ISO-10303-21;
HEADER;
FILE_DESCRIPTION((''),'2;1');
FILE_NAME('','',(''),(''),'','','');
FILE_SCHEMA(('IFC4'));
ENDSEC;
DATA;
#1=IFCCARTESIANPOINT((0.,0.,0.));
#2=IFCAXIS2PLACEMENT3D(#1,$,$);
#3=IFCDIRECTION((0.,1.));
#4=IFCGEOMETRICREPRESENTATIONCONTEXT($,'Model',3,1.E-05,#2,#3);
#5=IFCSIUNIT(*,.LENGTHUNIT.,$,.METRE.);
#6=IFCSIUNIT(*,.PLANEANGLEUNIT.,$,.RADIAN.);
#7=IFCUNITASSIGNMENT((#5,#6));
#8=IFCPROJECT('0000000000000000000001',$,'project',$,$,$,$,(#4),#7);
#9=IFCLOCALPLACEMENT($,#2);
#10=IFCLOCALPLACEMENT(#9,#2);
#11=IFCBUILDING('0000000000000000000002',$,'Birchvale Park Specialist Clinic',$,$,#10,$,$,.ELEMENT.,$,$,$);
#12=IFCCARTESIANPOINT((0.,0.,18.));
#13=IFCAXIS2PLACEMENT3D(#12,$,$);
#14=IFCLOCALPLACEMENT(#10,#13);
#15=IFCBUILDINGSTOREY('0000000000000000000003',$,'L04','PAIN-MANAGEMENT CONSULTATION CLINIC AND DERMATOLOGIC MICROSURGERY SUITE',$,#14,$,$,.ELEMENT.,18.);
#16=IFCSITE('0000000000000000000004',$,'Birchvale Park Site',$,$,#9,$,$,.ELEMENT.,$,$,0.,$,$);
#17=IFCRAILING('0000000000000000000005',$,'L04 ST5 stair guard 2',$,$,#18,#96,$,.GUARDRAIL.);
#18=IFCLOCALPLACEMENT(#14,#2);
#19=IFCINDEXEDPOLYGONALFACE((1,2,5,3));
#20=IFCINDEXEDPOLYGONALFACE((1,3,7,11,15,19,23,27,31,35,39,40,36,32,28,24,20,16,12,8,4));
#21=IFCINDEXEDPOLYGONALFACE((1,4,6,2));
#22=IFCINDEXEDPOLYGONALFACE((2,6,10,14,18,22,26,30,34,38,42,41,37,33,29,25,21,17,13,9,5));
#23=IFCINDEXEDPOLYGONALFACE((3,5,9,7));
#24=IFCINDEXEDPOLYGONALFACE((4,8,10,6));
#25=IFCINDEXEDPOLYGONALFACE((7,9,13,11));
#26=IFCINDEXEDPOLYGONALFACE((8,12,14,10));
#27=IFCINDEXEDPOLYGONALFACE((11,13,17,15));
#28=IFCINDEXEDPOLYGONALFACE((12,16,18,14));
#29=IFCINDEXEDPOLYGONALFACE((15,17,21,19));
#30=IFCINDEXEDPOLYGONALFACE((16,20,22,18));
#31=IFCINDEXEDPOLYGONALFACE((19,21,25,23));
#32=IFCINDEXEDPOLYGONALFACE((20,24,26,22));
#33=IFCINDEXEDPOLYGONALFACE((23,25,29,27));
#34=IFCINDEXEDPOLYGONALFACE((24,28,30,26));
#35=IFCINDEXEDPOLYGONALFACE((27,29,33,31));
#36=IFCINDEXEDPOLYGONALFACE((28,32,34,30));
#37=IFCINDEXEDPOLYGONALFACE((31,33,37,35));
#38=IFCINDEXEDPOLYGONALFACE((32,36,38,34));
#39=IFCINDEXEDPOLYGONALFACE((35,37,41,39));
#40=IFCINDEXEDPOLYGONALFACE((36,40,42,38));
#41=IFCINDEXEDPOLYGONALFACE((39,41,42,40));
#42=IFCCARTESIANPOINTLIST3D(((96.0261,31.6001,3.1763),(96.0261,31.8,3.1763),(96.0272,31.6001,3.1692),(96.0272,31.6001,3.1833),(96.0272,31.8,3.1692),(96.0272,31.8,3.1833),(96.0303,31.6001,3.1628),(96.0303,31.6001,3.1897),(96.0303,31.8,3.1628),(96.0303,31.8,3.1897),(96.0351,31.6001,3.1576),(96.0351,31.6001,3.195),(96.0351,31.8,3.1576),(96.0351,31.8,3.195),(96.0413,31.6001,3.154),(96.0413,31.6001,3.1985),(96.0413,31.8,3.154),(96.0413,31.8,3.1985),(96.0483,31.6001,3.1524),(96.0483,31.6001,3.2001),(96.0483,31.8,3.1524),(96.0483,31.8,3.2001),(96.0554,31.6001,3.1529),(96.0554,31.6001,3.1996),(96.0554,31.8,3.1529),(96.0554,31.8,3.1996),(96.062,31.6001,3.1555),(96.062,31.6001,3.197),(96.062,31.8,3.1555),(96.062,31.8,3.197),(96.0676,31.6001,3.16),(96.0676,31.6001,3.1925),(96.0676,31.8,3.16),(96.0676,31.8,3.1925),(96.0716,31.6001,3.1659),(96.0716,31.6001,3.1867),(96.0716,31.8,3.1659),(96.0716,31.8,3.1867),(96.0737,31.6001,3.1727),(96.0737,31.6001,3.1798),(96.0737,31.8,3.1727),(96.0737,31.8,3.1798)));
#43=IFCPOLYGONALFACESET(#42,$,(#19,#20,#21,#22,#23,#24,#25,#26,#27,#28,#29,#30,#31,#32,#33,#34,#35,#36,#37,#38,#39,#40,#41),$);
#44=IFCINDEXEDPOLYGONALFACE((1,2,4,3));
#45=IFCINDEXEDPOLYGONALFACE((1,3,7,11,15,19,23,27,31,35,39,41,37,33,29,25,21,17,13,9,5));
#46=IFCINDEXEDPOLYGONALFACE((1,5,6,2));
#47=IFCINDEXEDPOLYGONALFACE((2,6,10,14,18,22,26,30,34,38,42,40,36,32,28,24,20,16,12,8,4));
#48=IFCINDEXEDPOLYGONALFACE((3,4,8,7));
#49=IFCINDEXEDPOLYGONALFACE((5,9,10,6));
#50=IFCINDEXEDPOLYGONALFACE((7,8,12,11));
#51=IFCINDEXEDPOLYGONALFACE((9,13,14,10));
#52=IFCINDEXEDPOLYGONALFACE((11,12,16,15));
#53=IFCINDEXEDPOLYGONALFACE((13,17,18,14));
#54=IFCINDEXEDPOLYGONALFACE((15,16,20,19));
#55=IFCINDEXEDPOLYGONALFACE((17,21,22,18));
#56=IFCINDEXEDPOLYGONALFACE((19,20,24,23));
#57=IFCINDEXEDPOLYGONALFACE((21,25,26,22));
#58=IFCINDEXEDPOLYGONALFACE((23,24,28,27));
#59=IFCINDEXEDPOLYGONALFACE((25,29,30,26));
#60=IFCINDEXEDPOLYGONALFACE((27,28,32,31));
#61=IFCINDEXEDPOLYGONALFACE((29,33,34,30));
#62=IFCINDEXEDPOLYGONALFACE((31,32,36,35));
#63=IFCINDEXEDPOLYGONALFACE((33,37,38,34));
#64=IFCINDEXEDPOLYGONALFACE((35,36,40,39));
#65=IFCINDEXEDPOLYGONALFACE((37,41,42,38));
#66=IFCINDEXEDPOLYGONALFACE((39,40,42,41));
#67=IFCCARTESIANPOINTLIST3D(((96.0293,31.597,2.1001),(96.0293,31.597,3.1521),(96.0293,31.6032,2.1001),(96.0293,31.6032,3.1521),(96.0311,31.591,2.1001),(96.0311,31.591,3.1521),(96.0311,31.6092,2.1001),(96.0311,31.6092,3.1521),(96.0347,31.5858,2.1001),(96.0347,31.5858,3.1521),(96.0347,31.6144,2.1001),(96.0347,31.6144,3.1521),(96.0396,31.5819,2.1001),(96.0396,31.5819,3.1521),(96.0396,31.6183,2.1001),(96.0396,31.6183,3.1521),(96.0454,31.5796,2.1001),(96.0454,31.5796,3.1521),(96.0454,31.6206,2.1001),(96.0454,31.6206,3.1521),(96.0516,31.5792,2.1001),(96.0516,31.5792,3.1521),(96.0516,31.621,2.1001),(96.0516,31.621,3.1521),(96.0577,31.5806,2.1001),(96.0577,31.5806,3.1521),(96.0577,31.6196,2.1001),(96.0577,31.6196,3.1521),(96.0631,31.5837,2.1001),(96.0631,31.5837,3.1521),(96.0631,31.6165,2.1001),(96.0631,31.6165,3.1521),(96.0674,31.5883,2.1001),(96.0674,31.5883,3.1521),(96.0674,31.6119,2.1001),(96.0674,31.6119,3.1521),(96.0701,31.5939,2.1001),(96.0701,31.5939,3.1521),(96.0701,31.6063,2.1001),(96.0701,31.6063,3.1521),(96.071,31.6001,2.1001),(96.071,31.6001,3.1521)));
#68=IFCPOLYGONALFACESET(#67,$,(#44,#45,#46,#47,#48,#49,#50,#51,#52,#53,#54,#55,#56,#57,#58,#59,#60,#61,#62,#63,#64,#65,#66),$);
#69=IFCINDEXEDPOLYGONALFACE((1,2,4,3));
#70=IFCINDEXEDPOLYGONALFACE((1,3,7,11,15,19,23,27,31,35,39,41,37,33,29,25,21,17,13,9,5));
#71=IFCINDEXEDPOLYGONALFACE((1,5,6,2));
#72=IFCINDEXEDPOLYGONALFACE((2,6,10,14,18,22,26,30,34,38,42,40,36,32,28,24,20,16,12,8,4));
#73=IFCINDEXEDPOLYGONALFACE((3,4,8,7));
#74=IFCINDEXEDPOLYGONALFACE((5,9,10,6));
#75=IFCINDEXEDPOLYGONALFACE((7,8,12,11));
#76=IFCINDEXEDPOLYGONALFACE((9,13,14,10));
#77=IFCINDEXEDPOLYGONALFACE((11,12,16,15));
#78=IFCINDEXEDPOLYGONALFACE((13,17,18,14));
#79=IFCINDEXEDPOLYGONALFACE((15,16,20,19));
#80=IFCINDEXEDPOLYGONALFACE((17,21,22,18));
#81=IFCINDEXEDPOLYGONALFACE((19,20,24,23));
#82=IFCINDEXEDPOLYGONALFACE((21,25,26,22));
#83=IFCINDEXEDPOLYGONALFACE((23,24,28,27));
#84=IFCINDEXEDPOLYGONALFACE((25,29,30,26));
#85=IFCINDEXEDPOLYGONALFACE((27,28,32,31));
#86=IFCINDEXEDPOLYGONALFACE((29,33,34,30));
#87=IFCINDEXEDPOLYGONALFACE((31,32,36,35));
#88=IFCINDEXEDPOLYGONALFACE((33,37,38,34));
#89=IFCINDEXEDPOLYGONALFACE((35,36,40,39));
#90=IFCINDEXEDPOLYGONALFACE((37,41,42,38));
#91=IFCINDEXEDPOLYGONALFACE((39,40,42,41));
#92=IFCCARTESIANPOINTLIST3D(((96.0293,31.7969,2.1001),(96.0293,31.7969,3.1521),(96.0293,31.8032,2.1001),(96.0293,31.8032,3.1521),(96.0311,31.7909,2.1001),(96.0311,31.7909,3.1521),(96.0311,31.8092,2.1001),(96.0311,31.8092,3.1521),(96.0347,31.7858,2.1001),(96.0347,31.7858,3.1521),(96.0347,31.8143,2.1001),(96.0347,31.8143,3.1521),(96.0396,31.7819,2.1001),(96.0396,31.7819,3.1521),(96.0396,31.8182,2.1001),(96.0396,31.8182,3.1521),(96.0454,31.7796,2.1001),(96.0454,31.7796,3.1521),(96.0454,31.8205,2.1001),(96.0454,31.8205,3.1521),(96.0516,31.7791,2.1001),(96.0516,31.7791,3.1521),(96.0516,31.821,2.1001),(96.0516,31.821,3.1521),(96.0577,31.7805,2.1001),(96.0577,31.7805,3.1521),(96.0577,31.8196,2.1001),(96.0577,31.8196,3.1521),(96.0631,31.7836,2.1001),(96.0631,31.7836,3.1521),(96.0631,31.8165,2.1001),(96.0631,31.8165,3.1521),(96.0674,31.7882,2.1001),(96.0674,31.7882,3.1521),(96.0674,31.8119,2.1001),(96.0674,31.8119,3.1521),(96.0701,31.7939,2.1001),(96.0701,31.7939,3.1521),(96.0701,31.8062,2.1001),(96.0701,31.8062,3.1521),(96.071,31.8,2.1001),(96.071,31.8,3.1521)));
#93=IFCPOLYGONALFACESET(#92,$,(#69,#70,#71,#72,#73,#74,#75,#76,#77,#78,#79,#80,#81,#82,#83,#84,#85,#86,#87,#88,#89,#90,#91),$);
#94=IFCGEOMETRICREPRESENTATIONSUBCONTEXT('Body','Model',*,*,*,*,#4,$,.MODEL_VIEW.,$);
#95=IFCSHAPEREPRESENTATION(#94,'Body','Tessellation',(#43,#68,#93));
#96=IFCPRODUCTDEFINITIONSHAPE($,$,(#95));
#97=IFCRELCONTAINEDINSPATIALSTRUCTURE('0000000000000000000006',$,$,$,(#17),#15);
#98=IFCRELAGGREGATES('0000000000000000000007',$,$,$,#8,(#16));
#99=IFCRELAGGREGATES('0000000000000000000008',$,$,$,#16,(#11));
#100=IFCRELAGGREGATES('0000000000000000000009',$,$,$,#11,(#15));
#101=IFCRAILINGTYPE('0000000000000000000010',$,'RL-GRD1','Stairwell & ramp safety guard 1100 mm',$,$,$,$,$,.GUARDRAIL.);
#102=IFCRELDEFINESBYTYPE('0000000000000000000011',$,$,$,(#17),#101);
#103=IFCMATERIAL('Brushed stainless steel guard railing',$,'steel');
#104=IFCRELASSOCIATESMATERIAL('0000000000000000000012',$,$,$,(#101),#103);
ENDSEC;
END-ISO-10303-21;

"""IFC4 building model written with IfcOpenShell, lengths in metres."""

from ifc_helpers import new_model, si_unit, direction, frame, origin, origin_2d, place, context, subcontext, project, spatial, circle, extrude, material, type_object, element, save


model = new_model("IFC4")

# Units and contexts
model_context = context("Model", 3, precision=1e-05, world=origin(), true_north=direction((0.0, 1.0)))
body_context = subcontext(model_context, "Body", "Model", "MODEL_VIEW")
ifc_project = project(units=[si_unit("LENGTHUNIT", "METRE"), si_unit("PLANEANGLEUNIT", "RADIAN")], contexts=[model_context])

# Site, building, storey
site_placement = place(None, origin())
site = spatial("IfcSite", under=ifc_project, at=site_placement, Name="Birchvale Park Site", CompositionType="ELEMENT", RefElevation=0.0)
building_placement = place(site_placement, origin())
building = spatial("IfcBuilding", under=site, at=building_placement, Name="Birchvale Park Specialist Clinic", CompositionType="ELEMENT")
storey_placement = place(building_placement, frame((0.0, 0.0, 18.0)))
storey = spatial("IfcBuildingStorey", under=building, at=storey_placement, Name="L04", Description="PAIN-MANAGEMENT CONSULTATION CLINIC AND DERMATOLOGIC MICROSURGERY SUITE", CompositionType="ELEMENT", Elevation=18.0)

# Railing
ifc_material_1 = material(Name="Brushed stainless steel guard railing", Category="steel")
railing_type_1 = type_object("IfcRailingType", Name="RL-GRD1", Description="Stairwell & ramp safety guard 1100 mm", PredefinedType="GUARDRAIL", material=ifc_material_1)
railing_1_placement = place(storey_placement, frame((96.05, 31.6001, 2.1001)))
element("IfcRailing", 1, at=railing_1_placement, inside=storey, type_object=railing_type_1, Name="L04 ST5 stair guard 2", PredefinedType="GUARDRAIL", context=body_context, shape_type="SweptSolid", body=[
    extrude(circle(Radius=0.0239, at=origin_2d()), frame((0.0, 0.0, 1.0762), z_axis=(0.0, 1.0, 0.0), x_axis=(-1.0, 0.0, 0.0)), (0.0, 0.0, 1.0), 0.2),
    extrude(circle(Radius=0.021, at=origin_2d()), origin(), (0.0, 0.0, 1.0), 1.052),
    extrude(circle(Radius=0.021, at=origin_2d()), frame((0.0, 0.2, 0.0)), (0.0, 0.0, 1.0), 1.052),
])

save(model, "model.ifc")
